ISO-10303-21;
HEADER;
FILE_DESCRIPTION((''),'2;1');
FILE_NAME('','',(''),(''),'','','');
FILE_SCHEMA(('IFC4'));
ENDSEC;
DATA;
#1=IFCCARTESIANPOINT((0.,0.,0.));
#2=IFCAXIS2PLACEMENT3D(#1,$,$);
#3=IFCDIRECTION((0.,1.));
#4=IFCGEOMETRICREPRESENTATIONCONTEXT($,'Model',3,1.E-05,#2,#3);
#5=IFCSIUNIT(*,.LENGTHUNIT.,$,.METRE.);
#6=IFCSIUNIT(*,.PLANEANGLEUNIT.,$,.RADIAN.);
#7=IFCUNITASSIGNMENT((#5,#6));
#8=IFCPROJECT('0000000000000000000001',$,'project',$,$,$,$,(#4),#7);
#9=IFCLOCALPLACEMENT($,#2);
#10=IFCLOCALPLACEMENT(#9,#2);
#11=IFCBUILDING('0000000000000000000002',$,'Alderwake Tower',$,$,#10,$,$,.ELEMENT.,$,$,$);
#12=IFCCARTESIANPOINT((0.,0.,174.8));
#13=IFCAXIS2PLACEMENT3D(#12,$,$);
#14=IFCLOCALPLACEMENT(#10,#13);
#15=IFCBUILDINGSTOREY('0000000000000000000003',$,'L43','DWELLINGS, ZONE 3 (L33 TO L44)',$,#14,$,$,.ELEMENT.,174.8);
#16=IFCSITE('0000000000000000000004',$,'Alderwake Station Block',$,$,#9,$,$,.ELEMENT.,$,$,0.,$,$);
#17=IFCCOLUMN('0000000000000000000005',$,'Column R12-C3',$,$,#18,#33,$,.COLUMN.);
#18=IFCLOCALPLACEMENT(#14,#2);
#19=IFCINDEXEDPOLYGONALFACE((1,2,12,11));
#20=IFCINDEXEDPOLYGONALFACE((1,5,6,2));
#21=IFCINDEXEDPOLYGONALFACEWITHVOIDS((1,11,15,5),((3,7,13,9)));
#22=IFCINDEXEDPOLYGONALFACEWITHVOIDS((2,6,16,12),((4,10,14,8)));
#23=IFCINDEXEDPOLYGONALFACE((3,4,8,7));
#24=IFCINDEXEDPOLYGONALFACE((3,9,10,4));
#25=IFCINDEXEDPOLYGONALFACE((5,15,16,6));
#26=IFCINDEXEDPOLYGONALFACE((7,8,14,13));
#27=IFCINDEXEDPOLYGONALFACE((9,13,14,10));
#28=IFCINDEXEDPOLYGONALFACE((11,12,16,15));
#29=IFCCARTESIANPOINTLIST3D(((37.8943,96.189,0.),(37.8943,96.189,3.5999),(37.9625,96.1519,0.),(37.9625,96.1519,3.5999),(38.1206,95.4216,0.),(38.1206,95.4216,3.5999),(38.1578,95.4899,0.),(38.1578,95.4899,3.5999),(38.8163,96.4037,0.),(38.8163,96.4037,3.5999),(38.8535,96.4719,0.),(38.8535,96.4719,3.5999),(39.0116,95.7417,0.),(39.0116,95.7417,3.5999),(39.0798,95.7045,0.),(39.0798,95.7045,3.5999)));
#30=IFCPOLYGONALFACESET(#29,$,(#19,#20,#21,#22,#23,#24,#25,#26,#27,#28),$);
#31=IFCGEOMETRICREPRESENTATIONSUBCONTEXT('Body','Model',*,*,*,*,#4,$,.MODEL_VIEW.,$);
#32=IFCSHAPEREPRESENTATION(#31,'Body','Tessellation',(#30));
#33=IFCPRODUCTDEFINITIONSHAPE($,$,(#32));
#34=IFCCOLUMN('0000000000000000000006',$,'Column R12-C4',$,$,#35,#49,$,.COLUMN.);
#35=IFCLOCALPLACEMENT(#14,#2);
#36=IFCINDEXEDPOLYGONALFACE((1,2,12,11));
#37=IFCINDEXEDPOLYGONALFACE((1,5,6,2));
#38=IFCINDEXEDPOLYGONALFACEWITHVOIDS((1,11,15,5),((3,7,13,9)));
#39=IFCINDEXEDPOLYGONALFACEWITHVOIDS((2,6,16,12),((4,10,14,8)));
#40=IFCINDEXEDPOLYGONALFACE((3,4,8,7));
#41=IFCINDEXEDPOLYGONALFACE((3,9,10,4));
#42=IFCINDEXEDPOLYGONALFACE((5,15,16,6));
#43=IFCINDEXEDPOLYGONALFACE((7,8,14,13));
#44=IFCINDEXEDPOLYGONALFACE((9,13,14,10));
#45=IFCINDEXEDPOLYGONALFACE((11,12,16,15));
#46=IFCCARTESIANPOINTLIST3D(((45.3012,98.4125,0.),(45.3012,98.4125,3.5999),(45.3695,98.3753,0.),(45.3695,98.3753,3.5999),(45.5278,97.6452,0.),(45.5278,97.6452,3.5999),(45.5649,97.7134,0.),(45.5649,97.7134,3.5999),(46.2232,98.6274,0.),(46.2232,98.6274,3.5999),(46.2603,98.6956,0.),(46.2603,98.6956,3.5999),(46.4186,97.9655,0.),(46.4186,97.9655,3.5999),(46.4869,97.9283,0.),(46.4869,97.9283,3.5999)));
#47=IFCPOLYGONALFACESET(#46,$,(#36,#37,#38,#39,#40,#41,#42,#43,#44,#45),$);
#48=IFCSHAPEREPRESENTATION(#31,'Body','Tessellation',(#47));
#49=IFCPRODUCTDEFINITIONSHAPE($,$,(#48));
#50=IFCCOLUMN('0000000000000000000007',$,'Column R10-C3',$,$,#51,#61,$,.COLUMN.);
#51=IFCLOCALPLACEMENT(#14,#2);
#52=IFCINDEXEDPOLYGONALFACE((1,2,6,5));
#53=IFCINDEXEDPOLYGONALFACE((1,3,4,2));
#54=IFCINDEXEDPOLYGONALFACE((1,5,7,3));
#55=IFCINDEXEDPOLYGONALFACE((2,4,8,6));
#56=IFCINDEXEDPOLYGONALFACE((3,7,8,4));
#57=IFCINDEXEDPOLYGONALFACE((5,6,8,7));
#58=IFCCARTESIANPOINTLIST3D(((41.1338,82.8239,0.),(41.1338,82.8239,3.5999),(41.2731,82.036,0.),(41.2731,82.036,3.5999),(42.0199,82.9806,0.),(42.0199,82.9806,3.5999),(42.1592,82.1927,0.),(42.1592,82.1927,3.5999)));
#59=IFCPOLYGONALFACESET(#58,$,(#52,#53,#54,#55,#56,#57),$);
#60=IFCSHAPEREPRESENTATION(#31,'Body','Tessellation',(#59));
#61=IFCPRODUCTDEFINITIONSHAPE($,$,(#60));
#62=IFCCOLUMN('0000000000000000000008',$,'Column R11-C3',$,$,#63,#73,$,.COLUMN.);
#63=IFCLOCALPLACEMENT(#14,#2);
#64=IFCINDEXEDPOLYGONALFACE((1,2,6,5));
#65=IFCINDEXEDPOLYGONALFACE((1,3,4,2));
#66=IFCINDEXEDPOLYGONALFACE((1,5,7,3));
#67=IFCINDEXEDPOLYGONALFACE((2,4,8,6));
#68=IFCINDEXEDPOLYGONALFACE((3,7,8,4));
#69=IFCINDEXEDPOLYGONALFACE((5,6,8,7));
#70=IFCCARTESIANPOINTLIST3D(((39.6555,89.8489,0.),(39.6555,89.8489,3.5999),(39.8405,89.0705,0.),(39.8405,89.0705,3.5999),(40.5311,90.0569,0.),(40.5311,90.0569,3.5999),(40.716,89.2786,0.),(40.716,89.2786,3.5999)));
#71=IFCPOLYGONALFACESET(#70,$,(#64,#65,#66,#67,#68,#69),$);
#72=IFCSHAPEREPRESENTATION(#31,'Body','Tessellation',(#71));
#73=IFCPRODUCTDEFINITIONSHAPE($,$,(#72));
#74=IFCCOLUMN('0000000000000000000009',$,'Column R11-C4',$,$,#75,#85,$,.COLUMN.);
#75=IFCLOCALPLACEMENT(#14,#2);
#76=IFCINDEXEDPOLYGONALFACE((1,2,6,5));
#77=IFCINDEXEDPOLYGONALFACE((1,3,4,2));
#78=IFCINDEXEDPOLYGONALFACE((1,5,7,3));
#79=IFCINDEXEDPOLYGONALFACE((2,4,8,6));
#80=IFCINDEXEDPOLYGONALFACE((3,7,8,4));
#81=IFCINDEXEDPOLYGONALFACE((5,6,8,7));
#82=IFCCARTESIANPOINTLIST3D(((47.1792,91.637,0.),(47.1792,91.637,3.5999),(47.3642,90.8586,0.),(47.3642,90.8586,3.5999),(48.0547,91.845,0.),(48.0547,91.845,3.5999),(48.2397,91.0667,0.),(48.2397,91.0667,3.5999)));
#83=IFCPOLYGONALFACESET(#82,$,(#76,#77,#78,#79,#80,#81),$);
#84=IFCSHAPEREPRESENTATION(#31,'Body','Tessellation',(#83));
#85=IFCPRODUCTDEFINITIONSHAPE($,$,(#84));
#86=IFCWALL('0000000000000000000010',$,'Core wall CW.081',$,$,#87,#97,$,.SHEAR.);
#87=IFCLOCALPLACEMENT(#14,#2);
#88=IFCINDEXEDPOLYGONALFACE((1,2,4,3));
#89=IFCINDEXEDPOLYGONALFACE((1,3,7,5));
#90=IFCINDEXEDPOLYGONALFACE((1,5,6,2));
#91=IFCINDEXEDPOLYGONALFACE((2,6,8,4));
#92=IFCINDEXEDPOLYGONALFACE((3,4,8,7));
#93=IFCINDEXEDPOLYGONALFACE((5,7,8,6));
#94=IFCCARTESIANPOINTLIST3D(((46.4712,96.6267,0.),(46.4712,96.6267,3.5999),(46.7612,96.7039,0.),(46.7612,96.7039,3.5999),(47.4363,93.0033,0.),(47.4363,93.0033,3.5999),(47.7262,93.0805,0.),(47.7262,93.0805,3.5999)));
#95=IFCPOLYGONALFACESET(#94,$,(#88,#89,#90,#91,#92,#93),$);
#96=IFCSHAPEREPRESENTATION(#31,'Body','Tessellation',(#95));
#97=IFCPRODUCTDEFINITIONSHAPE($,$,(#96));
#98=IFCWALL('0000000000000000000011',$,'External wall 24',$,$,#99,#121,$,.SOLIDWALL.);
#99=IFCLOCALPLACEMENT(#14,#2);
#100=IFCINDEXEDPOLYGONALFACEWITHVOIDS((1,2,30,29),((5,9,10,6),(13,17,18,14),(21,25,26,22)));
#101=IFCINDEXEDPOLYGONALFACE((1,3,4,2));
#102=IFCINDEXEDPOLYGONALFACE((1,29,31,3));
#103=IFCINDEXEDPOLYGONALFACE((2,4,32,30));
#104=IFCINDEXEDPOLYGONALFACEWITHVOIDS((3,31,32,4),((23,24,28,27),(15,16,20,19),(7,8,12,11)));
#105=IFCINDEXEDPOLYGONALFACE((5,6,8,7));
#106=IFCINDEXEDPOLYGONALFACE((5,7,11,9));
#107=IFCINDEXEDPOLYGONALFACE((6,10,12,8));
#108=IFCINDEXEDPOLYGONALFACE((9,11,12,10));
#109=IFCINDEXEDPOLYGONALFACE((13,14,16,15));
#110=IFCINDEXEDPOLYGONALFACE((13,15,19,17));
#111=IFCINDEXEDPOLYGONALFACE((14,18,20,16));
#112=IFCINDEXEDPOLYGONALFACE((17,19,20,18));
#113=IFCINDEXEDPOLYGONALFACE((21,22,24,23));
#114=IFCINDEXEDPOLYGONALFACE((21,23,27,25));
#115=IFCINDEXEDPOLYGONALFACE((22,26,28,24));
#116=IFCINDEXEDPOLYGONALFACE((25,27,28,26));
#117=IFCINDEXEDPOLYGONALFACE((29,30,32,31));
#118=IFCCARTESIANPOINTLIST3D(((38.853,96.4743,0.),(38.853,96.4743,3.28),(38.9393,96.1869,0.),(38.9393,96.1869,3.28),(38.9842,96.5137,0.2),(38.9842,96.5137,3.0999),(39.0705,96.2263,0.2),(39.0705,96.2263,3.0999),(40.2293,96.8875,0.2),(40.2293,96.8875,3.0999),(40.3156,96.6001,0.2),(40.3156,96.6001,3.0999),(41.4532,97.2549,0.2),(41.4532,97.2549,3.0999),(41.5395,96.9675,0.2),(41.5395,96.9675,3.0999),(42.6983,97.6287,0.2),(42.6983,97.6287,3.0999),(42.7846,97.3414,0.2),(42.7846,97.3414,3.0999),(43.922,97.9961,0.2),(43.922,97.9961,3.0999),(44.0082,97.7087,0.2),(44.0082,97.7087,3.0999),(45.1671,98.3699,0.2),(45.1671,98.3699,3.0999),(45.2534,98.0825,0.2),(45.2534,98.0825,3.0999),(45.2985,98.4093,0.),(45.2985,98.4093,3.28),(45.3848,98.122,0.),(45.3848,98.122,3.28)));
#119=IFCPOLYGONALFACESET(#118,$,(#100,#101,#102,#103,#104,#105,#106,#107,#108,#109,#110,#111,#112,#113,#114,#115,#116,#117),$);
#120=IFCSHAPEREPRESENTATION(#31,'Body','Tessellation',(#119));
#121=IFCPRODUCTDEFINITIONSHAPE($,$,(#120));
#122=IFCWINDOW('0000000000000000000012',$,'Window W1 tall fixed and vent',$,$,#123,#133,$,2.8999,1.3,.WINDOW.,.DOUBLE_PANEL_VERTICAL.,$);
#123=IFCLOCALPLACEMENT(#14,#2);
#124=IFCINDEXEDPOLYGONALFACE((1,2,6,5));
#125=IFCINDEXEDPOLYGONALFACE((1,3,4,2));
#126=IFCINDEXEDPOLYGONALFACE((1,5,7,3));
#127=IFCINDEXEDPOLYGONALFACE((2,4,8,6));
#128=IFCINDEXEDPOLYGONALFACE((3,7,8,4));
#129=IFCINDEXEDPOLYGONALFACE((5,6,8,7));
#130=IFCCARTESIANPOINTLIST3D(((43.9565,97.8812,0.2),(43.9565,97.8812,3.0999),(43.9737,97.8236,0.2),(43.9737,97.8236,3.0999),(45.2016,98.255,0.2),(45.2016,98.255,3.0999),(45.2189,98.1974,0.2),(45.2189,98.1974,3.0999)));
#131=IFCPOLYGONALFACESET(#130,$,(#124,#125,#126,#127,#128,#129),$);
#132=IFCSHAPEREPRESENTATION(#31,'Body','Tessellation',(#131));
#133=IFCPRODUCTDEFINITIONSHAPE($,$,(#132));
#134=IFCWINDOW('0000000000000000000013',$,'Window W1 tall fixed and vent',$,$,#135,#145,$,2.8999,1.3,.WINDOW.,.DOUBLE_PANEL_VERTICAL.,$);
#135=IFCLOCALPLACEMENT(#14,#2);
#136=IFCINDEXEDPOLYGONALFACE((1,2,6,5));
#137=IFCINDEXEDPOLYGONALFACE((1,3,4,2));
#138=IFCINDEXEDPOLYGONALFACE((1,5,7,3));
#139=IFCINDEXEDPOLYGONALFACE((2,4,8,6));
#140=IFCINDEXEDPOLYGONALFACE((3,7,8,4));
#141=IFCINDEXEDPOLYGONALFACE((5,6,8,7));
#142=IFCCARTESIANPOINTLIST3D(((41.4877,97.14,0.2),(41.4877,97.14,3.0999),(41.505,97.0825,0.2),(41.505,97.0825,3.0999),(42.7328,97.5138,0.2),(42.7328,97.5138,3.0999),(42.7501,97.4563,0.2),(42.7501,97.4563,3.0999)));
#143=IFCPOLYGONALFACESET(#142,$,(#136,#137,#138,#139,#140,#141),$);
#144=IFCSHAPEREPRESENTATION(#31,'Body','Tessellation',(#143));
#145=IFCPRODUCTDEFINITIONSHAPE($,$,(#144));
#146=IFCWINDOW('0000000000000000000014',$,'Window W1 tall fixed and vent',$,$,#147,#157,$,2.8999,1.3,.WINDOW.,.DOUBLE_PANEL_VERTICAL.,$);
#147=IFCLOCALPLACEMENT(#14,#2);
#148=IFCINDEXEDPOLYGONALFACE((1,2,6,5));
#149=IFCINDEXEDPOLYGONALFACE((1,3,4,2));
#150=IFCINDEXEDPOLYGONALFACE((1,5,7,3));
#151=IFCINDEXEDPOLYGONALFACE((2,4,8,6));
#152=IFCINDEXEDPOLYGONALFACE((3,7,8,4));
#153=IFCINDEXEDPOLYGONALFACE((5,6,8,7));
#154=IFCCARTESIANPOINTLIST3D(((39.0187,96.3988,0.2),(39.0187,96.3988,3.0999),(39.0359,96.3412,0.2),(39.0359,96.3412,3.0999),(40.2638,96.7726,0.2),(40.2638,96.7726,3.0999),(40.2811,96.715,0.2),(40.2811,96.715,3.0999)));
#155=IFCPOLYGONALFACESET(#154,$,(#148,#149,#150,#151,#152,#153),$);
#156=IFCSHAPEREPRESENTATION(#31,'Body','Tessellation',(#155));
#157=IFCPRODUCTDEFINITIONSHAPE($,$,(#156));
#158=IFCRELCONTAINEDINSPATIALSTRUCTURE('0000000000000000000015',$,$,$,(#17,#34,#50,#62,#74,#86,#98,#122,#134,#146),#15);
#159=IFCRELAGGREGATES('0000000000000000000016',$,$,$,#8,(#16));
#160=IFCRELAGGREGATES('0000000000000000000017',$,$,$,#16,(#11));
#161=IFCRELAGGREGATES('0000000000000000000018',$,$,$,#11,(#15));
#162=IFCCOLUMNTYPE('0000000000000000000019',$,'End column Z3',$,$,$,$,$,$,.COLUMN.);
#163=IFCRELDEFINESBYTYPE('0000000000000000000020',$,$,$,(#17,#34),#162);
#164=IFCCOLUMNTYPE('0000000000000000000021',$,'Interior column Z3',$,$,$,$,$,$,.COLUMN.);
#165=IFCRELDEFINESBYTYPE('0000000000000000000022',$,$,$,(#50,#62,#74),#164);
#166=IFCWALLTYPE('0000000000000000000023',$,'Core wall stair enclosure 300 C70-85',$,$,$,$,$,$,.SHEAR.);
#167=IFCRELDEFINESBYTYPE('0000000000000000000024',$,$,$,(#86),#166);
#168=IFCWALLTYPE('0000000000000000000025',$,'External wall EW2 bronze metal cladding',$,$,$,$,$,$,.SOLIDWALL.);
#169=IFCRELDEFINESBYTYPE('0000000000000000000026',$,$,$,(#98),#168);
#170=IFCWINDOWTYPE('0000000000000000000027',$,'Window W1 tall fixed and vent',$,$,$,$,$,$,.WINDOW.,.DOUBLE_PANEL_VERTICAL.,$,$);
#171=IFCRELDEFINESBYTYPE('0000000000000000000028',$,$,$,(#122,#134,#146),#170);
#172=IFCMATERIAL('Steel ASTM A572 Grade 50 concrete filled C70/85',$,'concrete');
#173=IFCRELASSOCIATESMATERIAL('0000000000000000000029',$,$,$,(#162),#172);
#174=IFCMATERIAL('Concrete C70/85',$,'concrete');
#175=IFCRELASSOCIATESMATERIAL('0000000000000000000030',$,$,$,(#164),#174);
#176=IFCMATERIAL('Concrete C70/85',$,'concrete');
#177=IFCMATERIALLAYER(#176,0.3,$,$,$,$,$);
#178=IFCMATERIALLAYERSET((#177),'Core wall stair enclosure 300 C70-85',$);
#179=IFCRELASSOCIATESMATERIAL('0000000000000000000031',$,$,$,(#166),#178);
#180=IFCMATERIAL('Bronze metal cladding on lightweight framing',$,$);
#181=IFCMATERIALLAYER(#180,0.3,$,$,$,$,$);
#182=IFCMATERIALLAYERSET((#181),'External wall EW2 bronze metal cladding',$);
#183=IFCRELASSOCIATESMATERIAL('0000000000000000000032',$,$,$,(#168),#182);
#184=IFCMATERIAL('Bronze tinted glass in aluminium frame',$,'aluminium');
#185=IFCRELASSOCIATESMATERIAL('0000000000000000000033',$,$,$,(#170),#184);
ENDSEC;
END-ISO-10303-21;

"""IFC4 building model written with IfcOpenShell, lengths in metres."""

from ifc_helpers import new_model, si_unit, direction, frame, frame_2d, origin, origin_2d, place, context, subcontext, project, spatial, rectangle, hollow_rectangle, extrude, material, layer, layer_set, material_profile, profile_set, type_object, element, fill, save


model = new_model("IFC4")

# Units and contexts
model_context = context("Model", 3, precision=1e-05, world=origin(), true_north=direction((0.0, 1.0)))
body_context = subcontext(model_context, "Body", "Model", "MODEL_VIEW")
ifc_project = project(units=[si_unit("LENGTHUNIT", "METRE"), si_unit("PLANEANGLEUNIT", "RADIAN")], contexts=[model_context])

# Site, building, storey
site_placement = place(None, origin())
site = spatial("IfcSite", under=ifc_project, at=site_placement, Name="Alderwake Station Block", CompositionType="ELEMENT", RefElevation=0.0)
building_placement = place(site_placement, origin())
building = spatial("IfcBuilding", under=site, at=building_placement, Name="Alderwake Tower", CompositionType="ELEMENT")
storey_placement = place(building_placement, frame((0.0, 0.0, 174.8)))
storey = spatial("IfcBuildingStorey", under=building, at=storey_placement, Name="L43", Description="DWELLINGS, ZONE 3 (L33 TO L44)", CompositionType="ELEMENT", Elevation=174.8)

# Columns
ifc_material_1 = material(Name="Steel ASTM A572 Grade 50 concrete filled C70/85", Category="concrete")
ifc_material_profile_1 = material_profile(ifc_material_1, hollow_rectangle(XDim=0.8, YDim=1.0, WallThickness=0.0549, at=origin_2d()), Name="BOX 1000X800X55")
ifc_profile_set_1 = profile_set([ifc_material_profile_1], Name="Steel ASTM A572 Grade 50 concrete filled C70/85")
column_type_1 = type_object("IfcColumnType", Name="End column Z3", PredefinedType="COLUMN", material=ifc_profile_set_1)
for number, where, z_axis, x_axis, name in (
    (1, (38.4871, 95.9468, 0.0), (0.0, 0.0, 1.0), (-0.282894, 0.959151, 0.0), "Column R12-C3"),
    (2, (45.894, 98.1704, 0.0), (0.0, 0.0, 1.0), (-0.283168, 0.95907, 0.0), "Column R12-C4"),
):
    element("IfcColumn", number, at=place(storey_placement, frame(where, z_axis=z_axis, x_axis=x_axis)), inside=storey, type_object=column_type_1, Name=name, PredefinedType="COLUMN", context=body_context, shape_type="SweptSolid", body=[
        extrude(hollow_rectangle(XDim=0.8, YDim=1.0, WallThickness=0.0549, at=origin_2d()), origin(), (0.0, 0.0, 1.0), 3.5999),
    ])
ifc_material_2 = material(Name="Concrete C70/85", Category="concrete")
ifc_material_profile_2 = material_profile(ifc_material_2, rectangle(XDim=0.8, YDim=0.8999, at=origin_2d()), Name="RC 900X800")
ifc_profile_set_2 = profile_set([ifc_material_profile_2], Name="Concrete C70/85")
column_type_2 = type_object("IfcColumnType", Name="Interior column Z3", PredefinedType="COLUMN", material=ifc_profile_set_2)
for number, where, z_axis, x_axis, name in (
    (3, (41.6465, 82.5083, 0.0), (0.0, 0.0, 1.0), (-0.174109, 0.984726, 0.0), "Column R10-C3"),
    (4, (40.1858, 89.5637, 0.0), (0.0, 0.0, 1.0), (-0.231222, 0.972901, 0.0), "Column R11-C3"),
    (5, (47.7095, 91.3518, 0.0), (0.0, 0.0, 1.0), (-0.231222, 0.972901, 0.0), "Column R11-C4"),
):
    element("IfcColumn", number, at=place(storey_placement, frame(where, z_axis=z_axis, x_axis=x_axis)), inside=storey, type_object=column_type_2, Name=name, PredefinedType="COLUMN", context=body_context, shape_type="SweptSolid", body=[
        extrude(rectangle(XDim=0.8, YDim=0.8999, at=origin_2d()), origin(), (0.0, 0.0, 1.0), 3.5999),
    ])

# Wall
ifc_material_3 = material(Name="Concrete C70/85", Category="concrete")
ifc_layer_1 = layer(ifc_material_3, 0.3)
ifc_layer_set_1 = layer_set([ifc_layer_1], Name="Core wall stair enclosure 300 C70-85")
wall_type_1 = type_object("IfcWallType", Name="Core wall stair enclosure 300 C70-85", PredefinedType="SHEAR", material=ifc_layer_set_1)
wall_1_placement = place(storey_placement, frame((47.5813, 93.0417, 0.0), z_axis=(0.0, 0.0, 1.0), x_axis=(-0.257367, 0.966314, 0.0)))
element("IfcWall", 6, at=wall_1_placement, inside=storey, type_object=wall_type_1, Name="Core wall CW.081", PredefinedType="SHEAR", context=body_context, shape_type="SweptSolid", body=[
    extrude(rectangle(XDim=3.7498, YDim=0.3, at=frame_2d((1.875, 0.0))), origin(), (0.0, 0.0, 1.0), 3.5999),
])

# Wall, openings, windows
ifc_material_4 = material(Name="Bronze metal cladding on lightweight framing")
ifc_layer_2 = layer(ifc_material_4, 0.3)
ifc_layer_set_2 = layer_set([ifc_layer_2], Name="External wall EW2 bronze metal cladding")
wall_type_2 = type_object("IfcWallType", Name="External wall EW2 bronze metal cladding", PredefinedType="SOLIDWALL", material=ifc_layer_set_2)
wall_2_placement = place(storey_placement, frame((45.3416, 98.2656, 0.0), z_axis=(0.0, 0.0, 1.0), x_axis=(-0.957769, -0.287538, 0.0)))
wall_2 = element("IfcWall", 7, at=wall_2_placement, inside=storey, type_object=wall_type_2, Name="External wall 24", PredefinedType="SOLIDWALL", context=body_context, shape_type="SweptSolid", body=[
    extrude(rectangle(XDim=6.7297, YDim=0.3, at=frame_2d((3.3647, 0.0))), origin(), (0.0, 0.0, 1.0), 3.28),
])
opening_1_placement = place(wall_2_placement, frame((0.1372, 0.0, 0.2)))
opening_1 = element("IfcOpeningElement", 8, at=opening_1_placement, cuts=wall_2, PredefinedType="OPENING", context=body_context, shape_type="SweptSolid", body=[
    extrude(rectangle(XDim=1.3, YDim=2.8999, at=frame_2d((0.6499, 1.45))), frame((0.0, 0.1599, 0.0), z_axis=(0.0, -1.0, 0.0), x_axis=(1.0, 0.0, 0.0)), (0.0, 0.0, 1.0), 0.3201),
])
opening_2_placement = place(wall_2_placement, frame((2.7148, 0.0, 0.2)))
opening_2 = element("IfcOpeningElement", 9, at=opening_2_placement, cuts=wall_2, PredefinedType="OPENING", context=body_context, shape_type="SweptSolid", body=[
    extrude(rectangle(XDim=1.3, YDim=2.8999, at=frame_2d((0.6499, 1.45))), frame((0.0, 0.1599, 0.0), z_axis=(0.0, -1.0, 0.0), x_axis=(1.0, 0.0, 0.0)), (0.0, 0.0, 1.0), 0.3201),
])
opening_3_placement = place(wall_2_placement, frame((5.2927, 0.0, 0.2)))
opening_3 = element("IfcOpeningElement", 10, at=opening_3_placement, cuts=wall_2, PredefinedType="OPENING", context=body_context, shape_type="SweptSolid", body=[
    extrude(rectangle(XDim=1.3, YDim=2.8999, at=frame_2d((0.6499, 1.45))), frame((0.0, 0.1599, 0.0), z_axis=(0.0, -1.0, 0.0), x_axis=(1.0, 0.0, 0.0)), (0.0, 0.0, 1.0), 0.3201),
])
ifc_material_5 = material(Name="Bronze tinted glass in aluminium frame", Category="aluminium")
window_type_1 = type_object("IfcWindowType", Name="Window W1 tall fixed and vent", PartitioningType="DOUBLE_PANEL_VERTICAL", PredefinedType="WINDOW", material=ifc_material_5)
window_1_placement = place(opening_1_placement, origin())
window_1 = element("IfcWindow", 11, at=window_1_placement, inside=storey, type_object=window_type_1, Name="Window W1 tall fixed and vent", OverallHeight=2.8999, OverallWidth=1.3, PartitioningType="DOUBLE_PANEL_VERTICAL", PredefinedType="WINDOW", context=body_context, shape_type="SweptSolid", body=[
    extrude(rectangle(XDim=1.3, YDim=2.8999, at=frame_2d((0.6499, 1.45))), frame((0.0, 0.03, 0.0), z_axis=(0.0, -1.0, 0.0), x_axis=(1.0, 0.0, 0.0)), (0.0, 0.0, 1.0), 0.0601),
])
fill(opening_1, window_1)
window_2_placement = place(opening_2_placement, origin())
window_2 = element("IfcWindow", 12, at=window_2_placement, inside=storey, type_object=window_type_1, Name="Window W1 tall fixed and vent", OverallHeight=2.8999, OverallWidth=1.3, PartitioningType="DOUBLE_PANEL_VERTICAL", PredefinedType="WINDOW", context=body_context, shape_type="SweptSolid", body=[
    extrude(rectangle(XDim=1.3, YDim=2.8999, at=frame_2d((0.6499, 1.45))), frame((0.0, 0.03, 0.0), z_axis=(0.0, -1.0, 0.0), x_axis=(1.0, 0.0, 0.0)), (0.0, 0.0, 1.0), 0.0601),
])
fill(opening_2, window_2)
window_3_placement = place(opening_3_placement, origin())
window_3 = element("IfcWindow", 13, at=window_3_placement, inside=storey, type_object=window_type_1, Name="Window W1 tall fixed and vent", OverallHeight=2.8999, OverallWidth=1.3, PartitioningType="DOUBLE_PANEL_VERTICAL", PredefinedType="WINDOW", context=body_context, shape_type="SweptSolid", body=[
    extrude(rectangle(XDim=1.3, YDim=2.8999, at=frame_2d((0.6499, 1.45))), frame((0.0, 0.03, 0.0), z_axis=(0.0, -1.0, 0.0), x_axis=(1.0, 0.0, 0.0)), (0.0, 0.0, 1.0), 0.0601),
])
fill(opening_3, window_3)

save(model, "model.ifc")
